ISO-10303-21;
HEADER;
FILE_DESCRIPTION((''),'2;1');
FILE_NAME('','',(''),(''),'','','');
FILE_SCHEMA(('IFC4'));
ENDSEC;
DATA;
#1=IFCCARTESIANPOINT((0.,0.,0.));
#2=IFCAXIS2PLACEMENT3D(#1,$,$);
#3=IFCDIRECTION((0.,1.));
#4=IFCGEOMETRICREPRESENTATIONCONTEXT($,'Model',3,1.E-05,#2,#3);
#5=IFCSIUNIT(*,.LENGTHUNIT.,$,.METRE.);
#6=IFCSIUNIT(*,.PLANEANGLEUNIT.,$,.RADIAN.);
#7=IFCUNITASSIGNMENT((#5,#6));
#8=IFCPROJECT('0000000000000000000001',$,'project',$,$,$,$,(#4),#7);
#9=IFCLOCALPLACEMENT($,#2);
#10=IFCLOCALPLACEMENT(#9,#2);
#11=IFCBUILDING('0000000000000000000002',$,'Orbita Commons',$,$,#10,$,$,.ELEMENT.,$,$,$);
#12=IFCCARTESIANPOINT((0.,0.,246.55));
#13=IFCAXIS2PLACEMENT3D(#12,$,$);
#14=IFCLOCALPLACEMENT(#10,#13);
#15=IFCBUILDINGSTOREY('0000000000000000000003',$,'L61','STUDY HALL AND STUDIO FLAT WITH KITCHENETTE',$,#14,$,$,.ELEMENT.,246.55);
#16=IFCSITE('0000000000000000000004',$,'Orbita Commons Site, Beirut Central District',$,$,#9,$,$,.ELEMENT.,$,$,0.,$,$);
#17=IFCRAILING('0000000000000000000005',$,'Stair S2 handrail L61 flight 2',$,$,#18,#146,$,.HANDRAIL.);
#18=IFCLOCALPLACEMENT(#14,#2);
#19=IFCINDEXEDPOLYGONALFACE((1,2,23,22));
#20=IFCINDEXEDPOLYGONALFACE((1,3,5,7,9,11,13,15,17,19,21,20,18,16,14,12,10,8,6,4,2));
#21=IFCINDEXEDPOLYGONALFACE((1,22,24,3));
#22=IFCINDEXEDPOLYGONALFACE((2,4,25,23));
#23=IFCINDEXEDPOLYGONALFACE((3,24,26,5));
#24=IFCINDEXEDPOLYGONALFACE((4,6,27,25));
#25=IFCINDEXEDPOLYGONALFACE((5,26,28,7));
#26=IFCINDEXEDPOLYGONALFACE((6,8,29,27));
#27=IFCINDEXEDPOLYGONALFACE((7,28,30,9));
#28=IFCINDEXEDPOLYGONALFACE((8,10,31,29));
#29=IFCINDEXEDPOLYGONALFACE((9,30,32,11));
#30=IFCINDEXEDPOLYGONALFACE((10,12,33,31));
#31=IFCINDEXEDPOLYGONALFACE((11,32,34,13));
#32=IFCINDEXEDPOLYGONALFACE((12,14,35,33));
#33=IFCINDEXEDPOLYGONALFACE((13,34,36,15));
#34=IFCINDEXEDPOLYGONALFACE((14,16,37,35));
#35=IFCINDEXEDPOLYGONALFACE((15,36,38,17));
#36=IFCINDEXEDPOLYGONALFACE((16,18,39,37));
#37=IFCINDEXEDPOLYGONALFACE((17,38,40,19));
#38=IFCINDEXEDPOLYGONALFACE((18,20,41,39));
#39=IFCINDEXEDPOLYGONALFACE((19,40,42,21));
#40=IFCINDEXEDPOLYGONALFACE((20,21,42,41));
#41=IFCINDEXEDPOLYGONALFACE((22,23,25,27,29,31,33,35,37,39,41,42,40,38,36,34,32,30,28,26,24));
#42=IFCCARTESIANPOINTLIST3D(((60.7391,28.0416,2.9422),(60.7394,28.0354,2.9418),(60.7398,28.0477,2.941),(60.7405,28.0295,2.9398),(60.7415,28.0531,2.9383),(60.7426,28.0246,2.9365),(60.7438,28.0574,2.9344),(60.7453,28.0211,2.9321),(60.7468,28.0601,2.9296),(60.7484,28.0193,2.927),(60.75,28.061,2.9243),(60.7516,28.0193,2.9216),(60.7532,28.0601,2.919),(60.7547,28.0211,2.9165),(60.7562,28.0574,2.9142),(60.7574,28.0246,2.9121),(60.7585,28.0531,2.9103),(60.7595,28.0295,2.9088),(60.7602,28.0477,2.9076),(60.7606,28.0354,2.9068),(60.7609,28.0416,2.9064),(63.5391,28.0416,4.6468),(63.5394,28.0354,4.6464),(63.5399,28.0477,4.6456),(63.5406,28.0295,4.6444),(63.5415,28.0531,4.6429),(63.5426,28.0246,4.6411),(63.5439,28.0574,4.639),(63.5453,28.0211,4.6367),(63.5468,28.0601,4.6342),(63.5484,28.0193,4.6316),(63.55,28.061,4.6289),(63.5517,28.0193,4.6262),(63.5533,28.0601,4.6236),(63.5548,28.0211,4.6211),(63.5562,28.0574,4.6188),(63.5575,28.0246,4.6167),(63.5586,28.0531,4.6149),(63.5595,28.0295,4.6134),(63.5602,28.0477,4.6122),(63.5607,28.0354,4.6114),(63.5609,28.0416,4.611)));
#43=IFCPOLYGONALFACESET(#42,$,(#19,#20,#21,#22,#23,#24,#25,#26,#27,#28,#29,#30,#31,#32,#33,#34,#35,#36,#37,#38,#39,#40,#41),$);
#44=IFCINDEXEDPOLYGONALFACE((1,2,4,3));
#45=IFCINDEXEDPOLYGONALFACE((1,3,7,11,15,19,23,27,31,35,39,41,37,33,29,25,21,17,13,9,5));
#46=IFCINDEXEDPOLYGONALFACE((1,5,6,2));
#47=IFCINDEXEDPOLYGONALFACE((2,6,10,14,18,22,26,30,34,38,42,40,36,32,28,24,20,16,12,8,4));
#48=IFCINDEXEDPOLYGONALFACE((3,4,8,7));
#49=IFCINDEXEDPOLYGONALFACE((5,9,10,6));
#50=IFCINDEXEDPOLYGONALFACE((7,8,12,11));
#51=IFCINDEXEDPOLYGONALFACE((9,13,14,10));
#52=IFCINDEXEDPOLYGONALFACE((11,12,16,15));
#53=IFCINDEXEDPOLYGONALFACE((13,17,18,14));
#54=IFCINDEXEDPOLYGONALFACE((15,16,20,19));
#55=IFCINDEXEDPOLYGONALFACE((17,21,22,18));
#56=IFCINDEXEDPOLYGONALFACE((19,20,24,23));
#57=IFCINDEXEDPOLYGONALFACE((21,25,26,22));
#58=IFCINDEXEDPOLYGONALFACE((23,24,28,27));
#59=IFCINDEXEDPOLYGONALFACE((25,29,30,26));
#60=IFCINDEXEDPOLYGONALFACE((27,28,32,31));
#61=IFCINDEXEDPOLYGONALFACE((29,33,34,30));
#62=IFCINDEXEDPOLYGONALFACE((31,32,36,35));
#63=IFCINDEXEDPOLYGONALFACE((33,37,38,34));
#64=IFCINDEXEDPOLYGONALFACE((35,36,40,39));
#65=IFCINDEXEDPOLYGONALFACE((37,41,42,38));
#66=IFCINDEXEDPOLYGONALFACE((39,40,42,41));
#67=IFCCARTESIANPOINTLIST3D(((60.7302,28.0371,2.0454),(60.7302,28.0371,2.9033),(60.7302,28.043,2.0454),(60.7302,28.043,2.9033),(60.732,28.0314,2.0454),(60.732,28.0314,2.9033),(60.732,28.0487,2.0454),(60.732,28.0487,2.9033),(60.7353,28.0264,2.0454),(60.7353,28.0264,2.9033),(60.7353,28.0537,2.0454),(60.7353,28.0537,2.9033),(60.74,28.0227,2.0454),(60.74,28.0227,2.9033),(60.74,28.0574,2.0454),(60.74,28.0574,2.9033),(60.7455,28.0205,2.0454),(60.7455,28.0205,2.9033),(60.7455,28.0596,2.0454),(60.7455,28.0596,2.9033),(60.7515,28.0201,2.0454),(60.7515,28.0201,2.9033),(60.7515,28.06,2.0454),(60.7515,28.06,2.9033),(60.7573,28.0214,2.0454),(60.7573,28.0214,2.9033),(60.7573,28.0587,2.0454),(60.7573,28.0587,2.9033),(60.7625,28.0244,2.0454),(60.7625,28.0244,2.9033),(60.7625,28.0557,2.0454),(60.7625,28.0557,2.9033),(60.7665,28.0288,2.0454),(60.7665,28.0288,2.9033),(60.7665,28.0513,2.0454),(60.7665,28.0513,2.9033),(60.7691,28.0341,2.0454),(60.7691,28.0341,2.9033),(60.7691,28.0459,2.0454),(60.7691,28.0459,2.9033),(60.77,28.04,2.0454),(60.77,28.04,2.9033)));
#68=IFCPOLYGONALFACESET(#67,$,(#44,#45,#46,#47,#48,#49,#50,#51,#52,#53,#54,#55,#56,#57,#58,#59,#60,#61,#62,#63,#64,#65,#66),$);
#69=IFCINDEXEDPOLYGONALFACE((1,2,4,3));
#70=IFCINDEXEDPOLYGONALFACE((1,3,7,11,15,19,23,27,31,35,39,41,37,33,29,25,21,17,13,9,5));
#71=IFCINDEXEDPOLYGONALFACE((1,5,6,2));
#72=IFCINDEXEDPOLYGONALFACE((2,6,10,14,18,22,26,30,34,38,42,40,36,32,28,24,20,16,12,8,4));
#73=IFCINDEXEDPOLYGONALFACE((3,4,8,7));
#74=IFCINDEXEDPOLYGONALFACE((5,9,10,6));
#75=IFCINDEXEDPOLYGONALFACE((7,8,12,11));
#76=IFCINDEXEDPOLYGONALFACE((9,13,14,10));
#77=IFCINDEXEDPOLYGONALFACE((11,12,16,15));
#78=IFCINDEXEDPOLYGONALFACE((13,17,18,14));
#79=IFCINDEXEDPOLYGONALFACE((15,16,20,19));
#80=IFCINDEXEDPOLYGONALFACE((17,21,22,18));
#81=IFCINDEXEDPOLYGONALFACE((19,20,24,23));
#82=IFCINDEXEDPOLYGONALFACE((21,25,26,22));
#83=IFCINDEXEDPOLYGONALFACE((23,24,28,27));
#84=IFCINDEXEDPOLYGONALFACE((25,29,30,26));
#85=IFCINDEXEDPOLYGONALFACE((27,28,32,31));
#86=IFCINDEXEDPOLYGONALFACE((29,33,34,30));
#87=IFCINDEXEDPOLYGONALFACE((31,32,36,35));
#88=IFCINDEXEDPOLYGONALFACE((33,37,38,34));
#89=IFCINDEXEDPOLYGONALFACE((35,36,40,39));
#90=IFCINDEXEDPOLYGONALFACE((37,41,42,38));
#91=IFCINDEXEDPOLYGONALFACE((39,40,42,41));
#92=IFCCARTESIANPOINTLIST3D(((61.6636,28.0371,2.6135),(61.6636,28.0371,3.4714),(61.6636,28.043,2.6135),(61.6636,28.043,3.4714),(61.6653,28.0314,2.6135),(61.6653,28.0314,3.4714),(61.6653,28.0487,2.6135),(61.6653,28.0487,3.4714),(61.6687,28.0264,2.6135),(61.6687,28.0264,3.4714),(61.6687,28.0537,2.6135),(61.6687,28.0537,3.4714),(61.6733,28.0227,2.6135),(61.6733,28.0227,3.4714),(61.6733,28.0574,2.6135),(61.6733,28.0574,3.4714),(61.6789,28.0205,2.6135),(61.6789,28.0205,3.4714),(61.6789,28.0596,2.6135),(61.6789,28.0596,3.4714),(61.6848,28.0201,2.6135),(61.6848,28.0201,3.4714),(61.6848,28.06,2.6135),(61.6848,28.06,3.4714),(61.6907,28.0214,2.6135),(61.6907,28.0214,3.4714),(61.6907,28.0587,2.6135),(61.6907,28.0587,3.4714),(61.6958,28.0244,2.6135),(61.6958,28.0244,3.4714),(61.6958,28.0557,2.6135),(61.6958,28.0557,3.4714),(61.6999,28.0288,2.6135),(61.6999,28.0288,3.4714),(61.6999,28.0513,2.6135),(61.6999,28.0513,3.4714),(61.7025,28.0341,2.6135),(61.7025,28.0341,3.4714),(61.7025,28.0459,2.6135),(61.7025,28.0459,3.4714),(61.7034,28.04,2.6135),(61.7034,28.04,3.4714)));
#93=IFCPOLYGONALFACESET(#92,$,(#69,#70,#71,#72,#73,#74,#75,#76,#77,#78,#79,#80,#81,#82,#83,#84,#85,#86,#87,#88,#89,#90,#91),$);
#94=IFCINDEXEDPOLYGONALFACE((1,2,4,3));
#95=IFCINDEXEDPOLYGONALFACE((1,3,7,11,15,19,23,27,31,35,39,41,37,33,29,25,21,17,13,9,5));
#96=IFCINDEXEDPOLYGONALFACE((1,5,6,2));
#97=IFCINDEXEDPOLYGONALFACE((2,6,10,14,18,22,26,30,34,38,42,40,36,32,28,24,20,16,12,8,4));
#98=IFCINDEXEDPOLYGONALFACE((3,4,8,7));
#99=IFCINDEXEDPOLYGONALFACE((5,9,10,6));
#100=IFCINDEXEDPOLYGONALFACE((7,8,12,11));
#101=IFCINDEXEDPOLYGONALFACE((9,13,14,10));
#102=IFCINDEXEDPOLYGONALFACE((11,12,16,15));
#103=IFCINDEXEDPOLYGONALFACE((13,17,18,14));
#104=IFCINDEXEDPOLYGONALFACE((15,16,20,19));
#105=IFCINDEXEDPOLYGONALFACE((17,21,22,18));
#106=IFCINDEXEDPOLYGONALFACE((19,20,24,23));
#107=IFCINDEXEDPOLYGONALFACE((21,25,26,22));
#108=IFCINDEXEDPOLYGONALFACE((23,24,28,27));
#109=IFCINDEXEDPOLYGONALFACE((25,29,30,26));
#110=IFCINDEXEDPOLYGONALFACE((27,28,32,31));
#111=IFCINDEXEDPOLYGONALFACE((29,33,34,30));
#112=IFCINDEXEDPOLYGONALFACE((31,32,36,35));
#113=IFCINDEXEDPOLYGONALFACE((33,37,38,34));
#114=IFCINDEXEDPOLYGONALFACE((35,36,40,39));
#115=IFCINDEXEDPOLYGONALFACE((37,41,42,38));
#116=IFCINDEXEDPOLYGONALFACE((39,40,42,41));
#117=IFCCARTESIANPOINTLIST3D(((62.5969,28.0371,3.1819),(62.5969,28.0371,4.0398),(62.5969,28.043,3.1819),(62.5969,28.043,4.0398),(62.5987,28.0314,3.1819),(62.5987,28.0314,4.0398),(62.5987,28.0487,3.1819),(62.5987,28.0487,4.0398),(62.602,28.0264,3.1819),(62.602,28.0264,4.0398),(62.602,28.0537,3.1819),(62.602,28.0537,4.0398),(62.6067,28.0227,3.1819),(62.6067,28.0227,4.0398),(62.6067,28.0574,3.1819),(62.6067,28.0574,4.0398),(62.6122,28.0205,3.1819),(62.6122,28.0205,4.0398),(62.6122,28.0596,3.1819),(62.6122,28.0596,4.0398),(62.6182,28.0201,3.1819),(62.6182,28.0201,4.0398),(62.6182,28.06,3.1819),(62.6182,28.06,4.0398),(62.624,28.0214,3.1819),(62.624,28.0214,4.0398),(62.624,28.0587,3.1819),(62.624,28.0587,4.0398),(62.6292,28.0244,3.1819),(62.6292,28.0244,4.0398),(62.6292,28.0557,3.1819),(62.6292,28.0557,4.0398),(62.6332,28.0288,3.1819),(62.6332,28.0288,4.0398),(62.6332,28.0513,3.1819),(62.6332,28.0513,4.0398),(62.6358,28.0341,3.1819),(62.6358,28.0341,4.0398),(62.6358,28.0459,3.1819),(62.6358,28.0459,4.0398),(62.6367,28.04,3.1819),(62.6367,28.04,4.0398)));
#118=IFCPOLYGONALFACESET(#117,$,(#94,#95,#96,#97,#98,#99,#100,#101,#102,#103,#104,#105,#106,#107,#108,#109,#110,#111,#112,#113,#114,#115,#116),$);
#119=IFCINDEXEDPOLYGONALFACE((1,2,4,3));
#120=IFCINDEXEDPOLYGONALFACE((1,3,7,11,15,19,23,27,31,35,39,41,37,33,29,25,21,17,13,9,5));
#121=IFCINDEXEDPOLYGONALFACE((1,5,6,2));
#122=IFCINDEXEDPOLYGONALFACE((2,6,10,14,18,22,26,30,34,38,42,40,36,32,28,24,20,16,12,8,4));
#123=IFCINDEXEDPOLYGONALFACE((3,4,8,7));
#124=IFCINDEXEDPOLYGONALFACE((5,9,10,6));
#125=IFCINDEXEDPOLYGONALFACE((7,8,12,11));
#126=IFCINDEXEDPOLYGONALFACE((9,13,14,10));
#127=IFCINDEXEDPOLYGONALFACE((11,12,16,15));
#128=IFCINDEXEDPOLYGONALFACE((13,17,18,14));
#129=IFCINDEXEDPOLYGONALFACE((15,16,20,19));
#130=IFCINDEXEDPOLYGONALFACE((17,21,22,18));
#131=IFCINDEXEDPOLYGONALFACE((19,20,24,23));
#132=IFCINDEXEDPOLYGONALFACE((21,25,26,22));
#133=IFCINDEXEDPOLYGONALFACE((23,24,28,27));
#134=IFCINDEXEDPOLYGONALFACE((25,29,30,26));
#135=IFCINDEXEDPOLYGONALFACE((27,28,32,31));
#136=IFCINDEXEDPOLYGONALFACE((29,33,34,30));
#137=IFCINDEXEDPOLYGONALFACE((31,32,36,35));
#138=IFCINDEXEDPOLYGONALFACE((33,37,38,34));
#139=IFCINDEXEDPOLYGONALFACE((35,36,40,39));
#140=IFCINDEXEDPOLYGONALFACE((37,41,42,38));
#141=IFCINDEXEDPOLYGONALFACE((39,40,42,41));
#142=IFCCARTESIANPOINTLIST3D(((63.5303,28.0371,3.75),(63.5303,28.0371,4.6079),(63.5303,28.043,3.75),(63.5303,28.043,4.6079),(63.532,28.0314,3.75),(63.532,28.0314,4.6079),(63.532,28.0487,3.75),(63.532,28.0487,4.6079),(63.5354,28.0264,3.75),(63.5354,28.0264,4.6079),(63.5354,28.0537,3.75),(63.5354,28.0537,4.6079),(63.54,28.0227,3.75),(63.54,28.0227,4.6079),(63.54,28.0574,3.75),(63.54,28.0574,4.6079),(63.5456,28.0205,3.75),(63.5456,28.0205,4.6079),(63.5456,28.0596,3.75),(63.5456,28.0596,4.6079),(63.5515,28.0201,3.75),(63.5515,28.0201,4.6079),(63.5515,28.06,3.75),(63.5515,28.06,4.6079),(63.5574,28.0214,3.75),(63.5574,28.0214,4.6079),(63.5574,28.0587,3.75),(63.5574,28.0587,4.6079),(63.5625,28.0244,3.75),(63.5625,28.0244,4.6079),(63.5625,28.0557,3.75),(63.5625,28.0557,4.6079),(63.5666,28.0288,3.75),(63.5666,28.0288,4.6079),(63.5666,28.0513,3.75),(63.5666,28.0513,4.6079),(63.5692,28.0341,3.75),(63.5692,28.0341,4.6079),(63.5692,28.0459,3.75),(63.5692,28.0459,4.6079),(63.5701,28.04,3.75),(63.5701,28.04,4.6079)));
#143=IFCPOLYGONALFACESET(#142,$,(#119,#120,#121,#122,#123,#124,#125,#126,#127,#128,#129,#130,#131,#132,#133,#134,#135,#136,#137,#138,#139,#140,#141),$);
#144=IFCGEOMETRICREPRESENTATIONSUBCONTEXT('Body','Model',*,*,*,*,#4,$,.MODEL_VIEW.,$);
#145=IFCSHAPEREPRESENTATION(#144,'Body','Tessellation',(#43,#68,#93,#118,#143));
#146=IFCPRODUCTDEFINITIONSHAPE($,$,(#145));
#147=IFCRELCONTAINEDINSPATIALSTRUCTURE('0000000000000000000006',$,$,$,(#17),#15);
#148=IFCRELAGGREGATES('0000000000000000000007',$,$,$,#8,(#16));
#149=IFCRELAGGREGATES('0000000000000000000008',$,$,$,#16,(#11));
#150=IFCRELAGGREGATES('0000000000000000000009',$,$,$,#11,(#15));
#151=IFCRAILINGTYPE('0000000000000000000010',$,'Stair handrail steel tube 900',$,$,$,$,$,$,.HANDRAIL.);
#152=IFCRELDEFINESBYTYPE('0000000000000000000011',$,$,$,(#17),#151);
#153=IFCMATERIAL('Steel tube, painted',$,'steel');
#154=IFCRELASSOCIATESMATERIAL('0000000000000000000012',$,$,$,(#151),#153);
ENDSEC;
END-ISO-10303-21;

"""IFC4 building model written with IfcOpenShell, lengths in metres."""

from ifc_helpers import new_model, si_unit, direction, frame, origin, origin_2d, place, context, subcontext, project, spatial, circle, extrude, material, type_object, element, save


model = new_model("IFC4")

# Units and contexts
model_context = context("Model", 3, precision=1e-05, world=origin(), true_north=direction((0.0, 1.0)))
body_context = subcontext(model_context, "Body", "Model", "MODEL_VIEW")
ifc_project = project(units=[si_unit("LENGTHUNIT", "METRE"), si_unit("PLANEANGLEUNIT", "RADIAN")], contexts=[model_context])

# Site, building, storey
site_placement = place(None, origin())
site = spatial("IfcSite", under=ifc_project, at=site_placement, Name="Orbita Commons Site, Beirut Central District", CompositionType="ELEMENT", RefElevation=0.0)
building_placement = place(site_placement, origin())
building = spatial("IfcBuilding", under=site, at=building_placement, Name="Orbita Commons", CompositionType="ELEMENT")
storey_placement = place(building_placement, frame((0.0, 0.0, 246.55)))
storey = spatial("IfcBuildingStorey", under=building, at=storey_placement, Name="L61", Description="STUDY HALL AND STUDIO FLAT WITH KITCHENETTE", CompositionType="ELEMENT", Elevation=246.55)

# Railing
ifc_material_1 = material(Name="Steel tube, painted", Category="steel")
railing_type = type_object("IfcRailingType", Name="Stair handrail steel tube 900", PredefinedType="HANDRAIL", material=ifc_material_1)
for number, where, name in (
    (1, (60.75, 28.04, 2.0454), "Stair S2 handrail L61 flight 2"),
):
    element("IfcRailing", number, at=place(storey_placement, frame(where)), inside=storey, type_object=railing_type, Name=name, PredefinedType="HANDRAIL", context=body_context, shape_type="SweptSolid", body=[
        extrude(circle(Radius=0.021, at=origin_2d()), frame((0.0, 0.0, 0.8789), z_axis=(0.85417, 0.0, 0.519994), x_axis=(0.0, 1.0, 0.0)), (0.0, 0.0, 1.0), 3.2781),
        extrude(circle(Radius=0.02, at=origin_2d()), origin(), (0.0, 0.0, 1.0), 0.8579),
        extrude(circle(Radius=0.02, at=origin_2d()), frame((0.9333, 0.0, 0.5681)), (0.0, 0.0, 1.0), 0.8579),
        extrude(circle(Radius=0.02, at=origin_2d()), frame((1.8667, 0.0, 1.1365)), (0.0, 0.0, 1.0), 0.8579),
        extrude(circle(Radius=0.02, at=origin_2d()), frame((2.8, 0.0, 1.7046)), (0.0, 0.0, 1.0), 0.8579),
    ])

save(model, "model.ifc")
